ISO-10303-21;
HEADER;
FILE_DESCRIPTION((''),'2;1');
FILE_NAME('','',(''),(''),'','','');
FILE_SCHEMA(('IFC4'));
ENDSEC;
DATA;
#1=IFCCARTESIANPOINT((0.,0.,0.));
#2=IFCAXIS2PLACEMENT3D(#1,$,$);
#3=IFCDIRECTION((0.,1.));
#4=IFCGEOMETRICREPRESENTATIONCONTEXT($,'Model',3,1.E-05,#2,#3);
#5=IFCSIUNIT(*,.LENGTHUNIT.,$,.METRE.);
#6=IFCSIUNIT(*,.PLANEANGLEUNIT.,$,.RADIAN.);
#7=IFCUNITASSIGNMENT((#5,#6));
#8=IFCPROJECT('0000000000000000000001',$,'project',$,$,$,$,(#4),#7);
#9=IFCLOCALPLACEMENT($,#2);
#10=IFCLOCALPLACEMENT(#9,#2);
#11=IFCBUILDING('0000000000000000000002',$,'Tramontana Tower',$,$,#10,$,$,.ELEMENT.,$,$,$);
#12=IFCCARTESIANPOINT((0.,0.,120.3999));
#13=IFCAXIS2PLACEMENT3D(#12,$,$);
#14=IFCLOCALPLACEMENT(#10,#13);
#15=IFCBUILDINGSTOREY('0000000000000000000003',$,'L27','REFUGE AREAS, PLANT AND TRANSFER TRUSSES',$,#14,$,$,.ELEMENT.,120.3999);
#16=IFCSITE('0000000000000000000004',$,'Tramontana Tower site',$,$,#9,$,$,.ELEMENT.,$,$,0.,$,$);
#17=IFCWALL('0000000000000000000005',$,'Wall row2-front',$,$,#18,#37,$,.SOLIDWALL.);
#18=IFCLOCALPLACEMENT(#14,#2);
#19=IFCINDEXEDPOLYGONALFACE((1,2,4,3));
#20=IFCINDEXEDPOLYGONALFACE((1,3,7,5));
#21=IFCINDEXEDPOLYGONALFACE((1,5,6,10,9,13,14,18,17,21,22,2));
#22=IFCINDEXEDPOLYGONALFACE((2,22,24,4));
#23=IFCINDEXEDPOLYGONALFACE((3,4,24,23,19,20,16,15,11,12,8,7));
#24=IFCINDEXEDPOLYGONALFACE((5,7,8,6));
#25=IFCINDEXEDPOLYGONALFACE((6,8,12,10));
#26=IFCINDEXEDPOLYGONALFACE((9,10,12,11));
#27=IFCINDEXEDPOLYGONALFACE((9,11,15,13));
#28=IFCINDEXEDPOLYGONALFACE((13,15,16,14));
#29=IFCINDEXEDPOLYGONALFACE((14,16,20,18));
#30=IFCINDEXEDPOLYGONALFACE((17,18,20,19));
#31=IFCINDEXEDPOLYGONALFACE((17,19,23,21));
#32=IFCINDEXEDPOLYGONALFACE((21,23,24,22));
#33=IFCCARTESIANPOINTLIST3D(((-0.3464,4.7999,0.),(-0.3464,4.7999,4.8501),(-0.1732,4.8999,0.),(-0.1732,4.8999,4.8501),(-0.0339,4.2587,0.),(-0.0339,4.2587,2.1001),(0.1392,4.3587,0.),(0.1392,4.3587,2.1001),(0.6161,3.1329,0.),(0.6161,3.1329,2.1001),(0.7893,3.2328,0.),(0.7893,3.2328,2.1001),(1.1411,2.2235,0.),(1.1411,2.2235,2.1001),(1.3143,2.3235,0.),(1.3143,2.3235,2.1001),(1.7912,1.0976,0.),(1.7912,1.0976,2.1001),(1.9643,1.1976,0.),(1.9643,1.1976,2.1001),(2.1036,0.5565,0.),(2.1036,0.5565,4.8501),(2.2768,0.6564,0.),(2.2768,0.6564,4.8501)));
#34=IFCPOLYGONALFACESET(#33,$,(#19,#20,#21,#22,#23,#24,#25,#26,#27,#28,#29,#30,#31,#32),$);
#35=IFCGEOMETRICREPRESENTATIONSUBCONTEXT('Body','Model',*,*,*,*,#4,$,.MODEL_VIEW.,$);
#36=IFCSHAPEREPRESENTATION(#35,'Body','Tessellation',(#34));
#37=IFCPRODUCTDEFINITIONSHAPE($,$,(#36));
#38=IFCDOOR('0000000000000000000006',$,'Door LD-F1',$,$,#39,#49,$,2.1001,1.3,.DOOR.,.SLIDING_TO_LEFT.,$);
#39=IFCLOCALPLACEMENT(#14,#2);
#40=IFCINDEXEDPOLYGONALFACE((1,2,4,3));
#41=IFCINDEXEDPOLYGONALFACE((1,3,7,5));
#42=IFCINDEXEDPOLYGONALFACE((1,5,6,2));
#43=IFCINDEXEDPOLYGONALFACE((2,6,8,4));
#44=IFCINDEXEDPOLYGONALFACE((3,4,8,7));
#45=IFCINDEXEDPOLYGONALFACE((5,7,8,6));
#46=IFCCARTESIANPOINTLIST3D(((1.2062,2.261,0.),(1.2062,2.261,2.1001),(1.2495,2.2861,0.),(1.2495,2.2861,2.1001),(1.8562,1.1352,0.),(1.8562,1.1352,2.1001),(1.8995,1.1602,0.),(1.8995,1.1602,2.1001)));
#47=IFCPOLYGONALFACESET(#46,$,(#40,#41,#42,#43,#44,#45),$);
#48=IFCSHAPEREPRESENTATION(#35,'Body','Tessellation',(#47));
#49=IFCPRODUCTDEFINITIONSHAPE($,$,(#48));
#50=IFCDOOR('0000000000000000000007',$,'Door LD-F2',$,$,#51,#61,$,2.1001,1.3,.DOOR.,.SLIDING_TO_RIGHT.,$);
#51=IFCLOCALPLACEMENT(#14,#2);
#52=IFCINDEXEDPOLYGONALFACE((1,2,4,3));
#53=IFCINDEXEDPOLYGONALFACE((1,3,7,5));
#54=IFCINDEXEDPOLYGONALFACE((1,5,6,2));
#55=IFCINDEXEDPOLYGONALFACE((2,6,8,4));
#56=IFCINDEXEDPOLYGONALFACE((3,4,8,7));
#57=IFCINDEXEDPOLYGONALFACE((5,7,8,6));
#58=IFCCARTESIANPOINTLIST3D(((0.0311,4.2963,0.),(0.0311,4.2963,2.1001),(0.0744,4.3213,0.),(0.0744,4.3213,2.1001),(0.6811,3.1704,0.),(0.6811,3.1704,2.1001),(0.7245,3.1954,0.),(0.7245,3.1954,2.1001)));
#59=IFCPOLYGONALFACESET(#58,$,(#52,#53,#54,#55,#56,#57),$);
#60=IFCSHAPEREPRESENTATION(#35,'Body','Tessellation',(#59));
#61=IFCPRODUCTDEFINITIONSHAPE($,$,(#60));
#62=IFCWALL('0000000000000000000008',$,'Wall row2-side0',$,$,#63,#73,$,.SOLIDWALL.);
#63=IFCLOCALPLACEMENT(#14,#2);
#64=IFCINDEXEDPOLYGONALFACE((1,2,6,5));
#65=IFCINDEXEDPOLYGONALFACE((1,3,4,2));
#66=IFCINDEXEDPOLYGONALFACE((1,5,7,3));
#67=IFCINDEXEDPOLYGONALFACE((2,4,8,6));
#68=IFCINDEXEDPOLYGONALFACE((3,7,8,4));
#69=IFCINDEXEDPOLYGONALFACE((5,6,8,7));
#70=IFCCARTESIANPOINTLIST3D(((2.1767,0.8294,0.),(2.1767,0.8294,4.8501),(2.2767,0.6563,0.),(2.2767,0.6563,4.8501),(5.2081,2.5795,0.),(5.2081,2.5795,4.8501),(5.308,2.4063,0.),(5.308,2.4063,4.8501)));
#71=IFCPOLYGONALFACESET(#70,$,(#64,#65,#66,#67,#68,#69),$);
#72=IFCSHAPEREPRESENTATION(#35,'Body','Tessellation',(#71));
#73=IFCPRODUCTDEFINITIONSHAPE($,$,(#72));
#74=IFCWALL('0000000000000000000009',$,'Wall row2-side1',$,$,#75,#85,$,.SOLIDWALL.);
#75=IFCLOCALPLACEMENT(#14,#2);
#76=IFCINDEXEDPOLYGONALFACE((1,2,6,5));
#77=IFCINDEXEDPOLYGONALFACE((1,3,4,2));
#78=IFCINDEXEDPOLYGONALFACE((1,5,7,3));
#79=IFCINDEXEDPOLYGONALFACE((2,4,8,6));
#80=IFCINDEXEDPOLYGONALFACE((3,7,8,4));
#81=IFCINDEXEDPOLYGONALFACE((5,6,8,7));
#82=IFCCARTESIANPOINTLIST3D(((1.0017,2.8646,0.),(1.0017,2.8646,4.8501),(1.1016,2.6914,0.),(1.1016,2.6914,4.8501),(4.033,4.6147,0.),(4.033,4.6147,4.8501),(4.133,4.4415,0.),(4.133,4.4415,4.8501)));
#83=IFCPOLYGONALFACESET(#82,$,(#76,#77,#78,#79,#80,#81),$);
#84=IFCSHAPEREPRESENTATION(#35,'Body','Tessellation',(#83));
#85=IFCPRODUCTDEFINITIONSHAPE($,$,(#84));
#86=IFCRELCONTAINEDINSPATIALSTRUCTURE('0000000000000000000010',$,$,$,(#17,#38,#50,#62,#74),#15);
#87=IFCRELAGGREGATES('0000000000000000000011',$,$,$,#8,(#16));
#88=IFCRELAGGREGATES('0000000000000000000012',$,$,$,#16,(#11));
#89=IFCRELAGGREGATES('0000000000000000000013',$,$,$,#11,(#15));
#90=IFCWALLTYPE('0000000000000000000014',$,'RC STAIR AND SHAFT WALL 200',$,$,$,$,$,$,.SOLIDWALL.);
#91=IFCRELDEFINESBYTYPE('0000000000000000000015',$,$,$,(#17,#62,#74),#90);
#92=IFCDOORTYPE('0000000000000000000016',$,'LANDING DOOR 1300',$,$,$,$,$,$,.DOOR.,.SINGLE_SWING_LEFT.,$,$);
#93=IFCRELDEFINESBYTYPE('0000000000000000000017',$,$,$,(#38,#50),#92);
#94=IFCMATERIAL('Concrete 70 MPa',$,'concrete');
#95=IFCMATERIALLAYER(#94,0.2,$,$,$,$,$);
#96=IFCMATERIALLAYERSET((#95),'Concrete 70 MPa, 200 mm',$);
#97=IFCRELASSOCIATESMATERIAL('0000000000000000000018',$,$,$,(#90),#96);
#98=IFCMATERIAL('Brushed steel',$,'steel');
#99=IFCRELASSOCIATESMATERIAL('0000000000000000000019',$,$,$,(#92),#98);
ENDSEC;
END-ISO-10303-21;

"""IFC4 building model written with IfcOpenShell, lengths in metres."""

from ifc_helpers import new_model, si_unit, direction, frame, frame_2d, origin, place, context, subcontext, project, spatial, rectangle, extrude, material, layer, layer_set, type_object, element, fill, save


model = new_model("IFC4")

# Units and contexts
model_context = context("Model", 3, precision=1e-05, world=origin(), true_north=direction((0.0, 1.0)))
body_context = subcontext(model_context, "Body", "Model", "MODEL_VIEW")
ifc_project = project(units=[si_unit("LENGTHUNIT", "METRE"), si_unit("PLANEANGLEUNIT", "RADIAN")], contexts=[model_context])

# Site, building, storey
site_placement = place(None, origin())
site = spatial("IfcSite", under=ifc_project, at=site_placement, Name="Tramontana Tower site", CompositionType="ELEMENT", RefElevation=0.0)
building_placement = place(site_placement, origin())
building = spatial("IfcBuilding", under=site, at=building_placement, Name="Tramontana Tower", CompositionType="ELEMENT")
storey_placement = place(building_placement, frame((0.0, 0.0, 120.3999)))
storey = spatial("IfcBuildingStorey", under=building, at=storey_placement, Name="L27", Description="REFUGE AREAS, PLANT AND TRANSFER TRUSSES", CompositionType="ELEMENT", Elevation=120.3999)

# Shared definitions
ifc_material_1 = material(Name="Concrete 70 MPa", Category="concrete")
ifc_layer_1 = layer(ifc_material_1, 0.2)
ifc_layer_set_1 = layer_set([ifc_layer_1], Name="Concrete 70 MPa, 200 mm")
wall_type_1 = type_object("IfcWallType", Name="RC STAIR AND SHAFT WALL 200", PredefinedType="SOLIDWALL", material=ifc_layer_set_1)

# Wall, openings, doors
wall_1_placement = place(storey_placement, frame((2.1902, 0.6064, 0.0), z_axis=(0.0, 0.0, 1.0), x_axis=(-0.500003, 0.866024, 0.0)))
wall_1 = element("IfcWall", 1, at=wall_1_placement, inside=storey, type_object=wall_type_1, Name="Wall row2-front", PredefinedType="SOLIDWALL", context=body_context, shape_type="SweptSolid", body=[
    extrude(rectangle(XDim=4.8999, YDim=0.2, at=frame_2d((2.45, 0.0))), origin(), (0.0, 0.0, 1.0), 4.8501),
])
opening_1_placement = place(wall_1_placement, frame((0.625, 0.0, 0.0)))
opening_1 = element("IfcOpeningElement", 2, at=opening_1_placement, cuts=wall_1, PredefinedType="OPENING", context=body_context, shape_type="SweptSolid", body=[
    extrude(rectangle(XDim=1.3, YDim=2.1001, at=frame_2d((0.6499, 1.05))), frame((0.0, 0.1099, 0.0), z_axis=(0.0, -1.0, 0.0), x_axis=(1.0, 0.0, 0.0)), (0.0, 0.0, 1.0), 0.22),
])
opening_2_placement = place(wall_1_placement, frame((2.9751, 0.0, 0.0)))
opening_2 = element("IfcOpeningElement", 3, at=opening_2_placement, cuts=wall_1, PredefinedType="OPENING", context=body_context, shape_type="SweptSolid", body=[
    extrude(rectangle(XDim=1.3, YDim=2.1001, at=frame_2d((0.6499, 1.05))), frame((0.0, 0.1099, 0.0), z_axis=(0.0, -1.0, 0.0), x_axis=(1.0, 0.0, 0.0)), (0.0, 0.0, 1.0), 0.22),
])
ifc_material_2 = material(Name="Brushed steel", Category="steel")
door_type_1 = type_object("IfcDoorType", Name="LANDING DOOR 1300", OperationType="SINGLE_SWING_LEFT", PredefinedType="DOOR", material=ifc_material_2)
door_1_placement = place(opening_1_placement, origin())
door_1 = element("IfcDoor", 4, at=door_1_placement, inside=storey, type_object=door_type_1, Name="Door LD-F1", OperationType="SLIDING_TO_LEFT", OverallHeight=2.1001, OverallWidth=1.3, PredefinedType="DOOR", context=body_context, shape_type="SweptSolid", body=[
    extrude(rectangle(XDim=1.3, YDim=2.1001, at=frame_2d((0.6499, 1.05))), frame((0.0, 0.0249, 0.0), z_axis=(0.0, -1.0, 0.0), x_axis=(1.0, 0.0, 0.0)), (0.0, 0.0, 1.0), 0.05),
])
fill(opening_1, door_1)
door_2_placement = place(opening_2_placement, origin())
door_2 = element("IfcDoor", 5, at=door_2_placement, inside=storey, type_object=door_type_1, Name="Door LD-F2", OperationType="SLIDING_TO_RIGHT", OverallHeight=2.1001, OverallWidth=1.3, PredefinedType="DOOR", context=body_context, shape_type="SweptSolid", body=[
    extrude(rectangle(XDim=1.3, YDim=2.1001, at=frame_2d((0.6499, 1.05))), frame((0.0, 0.0249, 0.0), z_axis=(0.0, -1.0, 0.0), x_axis=(1.0, 0.0, 0.0)), (0.0, 0.0, 1.0), 0.05),
])
fill(opening_2, door_2)

# Walls
for number, where, z_axis, x_axis, name in (
    (6, (2.2268, 0.7429, 0.0), (0.0, 0.0, 1.0), (0.866037, 0.49998, 0.0), "Wall row2-side0"),
    (7, (1.0518, 2.7781, 0.0), (0.0, 0.0, 1.0), (0.866037, 0.49998, 0.0), "Wall row2-side1"),
):
    element("IfcWall", number, at=place(storey_placement, frame(where, z_axis=z_axis, x_axis=x_axis)), inside=storey, type_object=wall_type_1, Name=name, PredefinedType="SOLIDWALL", context=body_context, shape_type="SweptSolid", body=[
        extrude(rectangle(XDim=3.5002, YDim=0.2, at=frame_2d((1.75, 0.0))), origin(), (0.0, 0.0, 1.0), 4.8501),
    ])

save(model, "model.ifc")
